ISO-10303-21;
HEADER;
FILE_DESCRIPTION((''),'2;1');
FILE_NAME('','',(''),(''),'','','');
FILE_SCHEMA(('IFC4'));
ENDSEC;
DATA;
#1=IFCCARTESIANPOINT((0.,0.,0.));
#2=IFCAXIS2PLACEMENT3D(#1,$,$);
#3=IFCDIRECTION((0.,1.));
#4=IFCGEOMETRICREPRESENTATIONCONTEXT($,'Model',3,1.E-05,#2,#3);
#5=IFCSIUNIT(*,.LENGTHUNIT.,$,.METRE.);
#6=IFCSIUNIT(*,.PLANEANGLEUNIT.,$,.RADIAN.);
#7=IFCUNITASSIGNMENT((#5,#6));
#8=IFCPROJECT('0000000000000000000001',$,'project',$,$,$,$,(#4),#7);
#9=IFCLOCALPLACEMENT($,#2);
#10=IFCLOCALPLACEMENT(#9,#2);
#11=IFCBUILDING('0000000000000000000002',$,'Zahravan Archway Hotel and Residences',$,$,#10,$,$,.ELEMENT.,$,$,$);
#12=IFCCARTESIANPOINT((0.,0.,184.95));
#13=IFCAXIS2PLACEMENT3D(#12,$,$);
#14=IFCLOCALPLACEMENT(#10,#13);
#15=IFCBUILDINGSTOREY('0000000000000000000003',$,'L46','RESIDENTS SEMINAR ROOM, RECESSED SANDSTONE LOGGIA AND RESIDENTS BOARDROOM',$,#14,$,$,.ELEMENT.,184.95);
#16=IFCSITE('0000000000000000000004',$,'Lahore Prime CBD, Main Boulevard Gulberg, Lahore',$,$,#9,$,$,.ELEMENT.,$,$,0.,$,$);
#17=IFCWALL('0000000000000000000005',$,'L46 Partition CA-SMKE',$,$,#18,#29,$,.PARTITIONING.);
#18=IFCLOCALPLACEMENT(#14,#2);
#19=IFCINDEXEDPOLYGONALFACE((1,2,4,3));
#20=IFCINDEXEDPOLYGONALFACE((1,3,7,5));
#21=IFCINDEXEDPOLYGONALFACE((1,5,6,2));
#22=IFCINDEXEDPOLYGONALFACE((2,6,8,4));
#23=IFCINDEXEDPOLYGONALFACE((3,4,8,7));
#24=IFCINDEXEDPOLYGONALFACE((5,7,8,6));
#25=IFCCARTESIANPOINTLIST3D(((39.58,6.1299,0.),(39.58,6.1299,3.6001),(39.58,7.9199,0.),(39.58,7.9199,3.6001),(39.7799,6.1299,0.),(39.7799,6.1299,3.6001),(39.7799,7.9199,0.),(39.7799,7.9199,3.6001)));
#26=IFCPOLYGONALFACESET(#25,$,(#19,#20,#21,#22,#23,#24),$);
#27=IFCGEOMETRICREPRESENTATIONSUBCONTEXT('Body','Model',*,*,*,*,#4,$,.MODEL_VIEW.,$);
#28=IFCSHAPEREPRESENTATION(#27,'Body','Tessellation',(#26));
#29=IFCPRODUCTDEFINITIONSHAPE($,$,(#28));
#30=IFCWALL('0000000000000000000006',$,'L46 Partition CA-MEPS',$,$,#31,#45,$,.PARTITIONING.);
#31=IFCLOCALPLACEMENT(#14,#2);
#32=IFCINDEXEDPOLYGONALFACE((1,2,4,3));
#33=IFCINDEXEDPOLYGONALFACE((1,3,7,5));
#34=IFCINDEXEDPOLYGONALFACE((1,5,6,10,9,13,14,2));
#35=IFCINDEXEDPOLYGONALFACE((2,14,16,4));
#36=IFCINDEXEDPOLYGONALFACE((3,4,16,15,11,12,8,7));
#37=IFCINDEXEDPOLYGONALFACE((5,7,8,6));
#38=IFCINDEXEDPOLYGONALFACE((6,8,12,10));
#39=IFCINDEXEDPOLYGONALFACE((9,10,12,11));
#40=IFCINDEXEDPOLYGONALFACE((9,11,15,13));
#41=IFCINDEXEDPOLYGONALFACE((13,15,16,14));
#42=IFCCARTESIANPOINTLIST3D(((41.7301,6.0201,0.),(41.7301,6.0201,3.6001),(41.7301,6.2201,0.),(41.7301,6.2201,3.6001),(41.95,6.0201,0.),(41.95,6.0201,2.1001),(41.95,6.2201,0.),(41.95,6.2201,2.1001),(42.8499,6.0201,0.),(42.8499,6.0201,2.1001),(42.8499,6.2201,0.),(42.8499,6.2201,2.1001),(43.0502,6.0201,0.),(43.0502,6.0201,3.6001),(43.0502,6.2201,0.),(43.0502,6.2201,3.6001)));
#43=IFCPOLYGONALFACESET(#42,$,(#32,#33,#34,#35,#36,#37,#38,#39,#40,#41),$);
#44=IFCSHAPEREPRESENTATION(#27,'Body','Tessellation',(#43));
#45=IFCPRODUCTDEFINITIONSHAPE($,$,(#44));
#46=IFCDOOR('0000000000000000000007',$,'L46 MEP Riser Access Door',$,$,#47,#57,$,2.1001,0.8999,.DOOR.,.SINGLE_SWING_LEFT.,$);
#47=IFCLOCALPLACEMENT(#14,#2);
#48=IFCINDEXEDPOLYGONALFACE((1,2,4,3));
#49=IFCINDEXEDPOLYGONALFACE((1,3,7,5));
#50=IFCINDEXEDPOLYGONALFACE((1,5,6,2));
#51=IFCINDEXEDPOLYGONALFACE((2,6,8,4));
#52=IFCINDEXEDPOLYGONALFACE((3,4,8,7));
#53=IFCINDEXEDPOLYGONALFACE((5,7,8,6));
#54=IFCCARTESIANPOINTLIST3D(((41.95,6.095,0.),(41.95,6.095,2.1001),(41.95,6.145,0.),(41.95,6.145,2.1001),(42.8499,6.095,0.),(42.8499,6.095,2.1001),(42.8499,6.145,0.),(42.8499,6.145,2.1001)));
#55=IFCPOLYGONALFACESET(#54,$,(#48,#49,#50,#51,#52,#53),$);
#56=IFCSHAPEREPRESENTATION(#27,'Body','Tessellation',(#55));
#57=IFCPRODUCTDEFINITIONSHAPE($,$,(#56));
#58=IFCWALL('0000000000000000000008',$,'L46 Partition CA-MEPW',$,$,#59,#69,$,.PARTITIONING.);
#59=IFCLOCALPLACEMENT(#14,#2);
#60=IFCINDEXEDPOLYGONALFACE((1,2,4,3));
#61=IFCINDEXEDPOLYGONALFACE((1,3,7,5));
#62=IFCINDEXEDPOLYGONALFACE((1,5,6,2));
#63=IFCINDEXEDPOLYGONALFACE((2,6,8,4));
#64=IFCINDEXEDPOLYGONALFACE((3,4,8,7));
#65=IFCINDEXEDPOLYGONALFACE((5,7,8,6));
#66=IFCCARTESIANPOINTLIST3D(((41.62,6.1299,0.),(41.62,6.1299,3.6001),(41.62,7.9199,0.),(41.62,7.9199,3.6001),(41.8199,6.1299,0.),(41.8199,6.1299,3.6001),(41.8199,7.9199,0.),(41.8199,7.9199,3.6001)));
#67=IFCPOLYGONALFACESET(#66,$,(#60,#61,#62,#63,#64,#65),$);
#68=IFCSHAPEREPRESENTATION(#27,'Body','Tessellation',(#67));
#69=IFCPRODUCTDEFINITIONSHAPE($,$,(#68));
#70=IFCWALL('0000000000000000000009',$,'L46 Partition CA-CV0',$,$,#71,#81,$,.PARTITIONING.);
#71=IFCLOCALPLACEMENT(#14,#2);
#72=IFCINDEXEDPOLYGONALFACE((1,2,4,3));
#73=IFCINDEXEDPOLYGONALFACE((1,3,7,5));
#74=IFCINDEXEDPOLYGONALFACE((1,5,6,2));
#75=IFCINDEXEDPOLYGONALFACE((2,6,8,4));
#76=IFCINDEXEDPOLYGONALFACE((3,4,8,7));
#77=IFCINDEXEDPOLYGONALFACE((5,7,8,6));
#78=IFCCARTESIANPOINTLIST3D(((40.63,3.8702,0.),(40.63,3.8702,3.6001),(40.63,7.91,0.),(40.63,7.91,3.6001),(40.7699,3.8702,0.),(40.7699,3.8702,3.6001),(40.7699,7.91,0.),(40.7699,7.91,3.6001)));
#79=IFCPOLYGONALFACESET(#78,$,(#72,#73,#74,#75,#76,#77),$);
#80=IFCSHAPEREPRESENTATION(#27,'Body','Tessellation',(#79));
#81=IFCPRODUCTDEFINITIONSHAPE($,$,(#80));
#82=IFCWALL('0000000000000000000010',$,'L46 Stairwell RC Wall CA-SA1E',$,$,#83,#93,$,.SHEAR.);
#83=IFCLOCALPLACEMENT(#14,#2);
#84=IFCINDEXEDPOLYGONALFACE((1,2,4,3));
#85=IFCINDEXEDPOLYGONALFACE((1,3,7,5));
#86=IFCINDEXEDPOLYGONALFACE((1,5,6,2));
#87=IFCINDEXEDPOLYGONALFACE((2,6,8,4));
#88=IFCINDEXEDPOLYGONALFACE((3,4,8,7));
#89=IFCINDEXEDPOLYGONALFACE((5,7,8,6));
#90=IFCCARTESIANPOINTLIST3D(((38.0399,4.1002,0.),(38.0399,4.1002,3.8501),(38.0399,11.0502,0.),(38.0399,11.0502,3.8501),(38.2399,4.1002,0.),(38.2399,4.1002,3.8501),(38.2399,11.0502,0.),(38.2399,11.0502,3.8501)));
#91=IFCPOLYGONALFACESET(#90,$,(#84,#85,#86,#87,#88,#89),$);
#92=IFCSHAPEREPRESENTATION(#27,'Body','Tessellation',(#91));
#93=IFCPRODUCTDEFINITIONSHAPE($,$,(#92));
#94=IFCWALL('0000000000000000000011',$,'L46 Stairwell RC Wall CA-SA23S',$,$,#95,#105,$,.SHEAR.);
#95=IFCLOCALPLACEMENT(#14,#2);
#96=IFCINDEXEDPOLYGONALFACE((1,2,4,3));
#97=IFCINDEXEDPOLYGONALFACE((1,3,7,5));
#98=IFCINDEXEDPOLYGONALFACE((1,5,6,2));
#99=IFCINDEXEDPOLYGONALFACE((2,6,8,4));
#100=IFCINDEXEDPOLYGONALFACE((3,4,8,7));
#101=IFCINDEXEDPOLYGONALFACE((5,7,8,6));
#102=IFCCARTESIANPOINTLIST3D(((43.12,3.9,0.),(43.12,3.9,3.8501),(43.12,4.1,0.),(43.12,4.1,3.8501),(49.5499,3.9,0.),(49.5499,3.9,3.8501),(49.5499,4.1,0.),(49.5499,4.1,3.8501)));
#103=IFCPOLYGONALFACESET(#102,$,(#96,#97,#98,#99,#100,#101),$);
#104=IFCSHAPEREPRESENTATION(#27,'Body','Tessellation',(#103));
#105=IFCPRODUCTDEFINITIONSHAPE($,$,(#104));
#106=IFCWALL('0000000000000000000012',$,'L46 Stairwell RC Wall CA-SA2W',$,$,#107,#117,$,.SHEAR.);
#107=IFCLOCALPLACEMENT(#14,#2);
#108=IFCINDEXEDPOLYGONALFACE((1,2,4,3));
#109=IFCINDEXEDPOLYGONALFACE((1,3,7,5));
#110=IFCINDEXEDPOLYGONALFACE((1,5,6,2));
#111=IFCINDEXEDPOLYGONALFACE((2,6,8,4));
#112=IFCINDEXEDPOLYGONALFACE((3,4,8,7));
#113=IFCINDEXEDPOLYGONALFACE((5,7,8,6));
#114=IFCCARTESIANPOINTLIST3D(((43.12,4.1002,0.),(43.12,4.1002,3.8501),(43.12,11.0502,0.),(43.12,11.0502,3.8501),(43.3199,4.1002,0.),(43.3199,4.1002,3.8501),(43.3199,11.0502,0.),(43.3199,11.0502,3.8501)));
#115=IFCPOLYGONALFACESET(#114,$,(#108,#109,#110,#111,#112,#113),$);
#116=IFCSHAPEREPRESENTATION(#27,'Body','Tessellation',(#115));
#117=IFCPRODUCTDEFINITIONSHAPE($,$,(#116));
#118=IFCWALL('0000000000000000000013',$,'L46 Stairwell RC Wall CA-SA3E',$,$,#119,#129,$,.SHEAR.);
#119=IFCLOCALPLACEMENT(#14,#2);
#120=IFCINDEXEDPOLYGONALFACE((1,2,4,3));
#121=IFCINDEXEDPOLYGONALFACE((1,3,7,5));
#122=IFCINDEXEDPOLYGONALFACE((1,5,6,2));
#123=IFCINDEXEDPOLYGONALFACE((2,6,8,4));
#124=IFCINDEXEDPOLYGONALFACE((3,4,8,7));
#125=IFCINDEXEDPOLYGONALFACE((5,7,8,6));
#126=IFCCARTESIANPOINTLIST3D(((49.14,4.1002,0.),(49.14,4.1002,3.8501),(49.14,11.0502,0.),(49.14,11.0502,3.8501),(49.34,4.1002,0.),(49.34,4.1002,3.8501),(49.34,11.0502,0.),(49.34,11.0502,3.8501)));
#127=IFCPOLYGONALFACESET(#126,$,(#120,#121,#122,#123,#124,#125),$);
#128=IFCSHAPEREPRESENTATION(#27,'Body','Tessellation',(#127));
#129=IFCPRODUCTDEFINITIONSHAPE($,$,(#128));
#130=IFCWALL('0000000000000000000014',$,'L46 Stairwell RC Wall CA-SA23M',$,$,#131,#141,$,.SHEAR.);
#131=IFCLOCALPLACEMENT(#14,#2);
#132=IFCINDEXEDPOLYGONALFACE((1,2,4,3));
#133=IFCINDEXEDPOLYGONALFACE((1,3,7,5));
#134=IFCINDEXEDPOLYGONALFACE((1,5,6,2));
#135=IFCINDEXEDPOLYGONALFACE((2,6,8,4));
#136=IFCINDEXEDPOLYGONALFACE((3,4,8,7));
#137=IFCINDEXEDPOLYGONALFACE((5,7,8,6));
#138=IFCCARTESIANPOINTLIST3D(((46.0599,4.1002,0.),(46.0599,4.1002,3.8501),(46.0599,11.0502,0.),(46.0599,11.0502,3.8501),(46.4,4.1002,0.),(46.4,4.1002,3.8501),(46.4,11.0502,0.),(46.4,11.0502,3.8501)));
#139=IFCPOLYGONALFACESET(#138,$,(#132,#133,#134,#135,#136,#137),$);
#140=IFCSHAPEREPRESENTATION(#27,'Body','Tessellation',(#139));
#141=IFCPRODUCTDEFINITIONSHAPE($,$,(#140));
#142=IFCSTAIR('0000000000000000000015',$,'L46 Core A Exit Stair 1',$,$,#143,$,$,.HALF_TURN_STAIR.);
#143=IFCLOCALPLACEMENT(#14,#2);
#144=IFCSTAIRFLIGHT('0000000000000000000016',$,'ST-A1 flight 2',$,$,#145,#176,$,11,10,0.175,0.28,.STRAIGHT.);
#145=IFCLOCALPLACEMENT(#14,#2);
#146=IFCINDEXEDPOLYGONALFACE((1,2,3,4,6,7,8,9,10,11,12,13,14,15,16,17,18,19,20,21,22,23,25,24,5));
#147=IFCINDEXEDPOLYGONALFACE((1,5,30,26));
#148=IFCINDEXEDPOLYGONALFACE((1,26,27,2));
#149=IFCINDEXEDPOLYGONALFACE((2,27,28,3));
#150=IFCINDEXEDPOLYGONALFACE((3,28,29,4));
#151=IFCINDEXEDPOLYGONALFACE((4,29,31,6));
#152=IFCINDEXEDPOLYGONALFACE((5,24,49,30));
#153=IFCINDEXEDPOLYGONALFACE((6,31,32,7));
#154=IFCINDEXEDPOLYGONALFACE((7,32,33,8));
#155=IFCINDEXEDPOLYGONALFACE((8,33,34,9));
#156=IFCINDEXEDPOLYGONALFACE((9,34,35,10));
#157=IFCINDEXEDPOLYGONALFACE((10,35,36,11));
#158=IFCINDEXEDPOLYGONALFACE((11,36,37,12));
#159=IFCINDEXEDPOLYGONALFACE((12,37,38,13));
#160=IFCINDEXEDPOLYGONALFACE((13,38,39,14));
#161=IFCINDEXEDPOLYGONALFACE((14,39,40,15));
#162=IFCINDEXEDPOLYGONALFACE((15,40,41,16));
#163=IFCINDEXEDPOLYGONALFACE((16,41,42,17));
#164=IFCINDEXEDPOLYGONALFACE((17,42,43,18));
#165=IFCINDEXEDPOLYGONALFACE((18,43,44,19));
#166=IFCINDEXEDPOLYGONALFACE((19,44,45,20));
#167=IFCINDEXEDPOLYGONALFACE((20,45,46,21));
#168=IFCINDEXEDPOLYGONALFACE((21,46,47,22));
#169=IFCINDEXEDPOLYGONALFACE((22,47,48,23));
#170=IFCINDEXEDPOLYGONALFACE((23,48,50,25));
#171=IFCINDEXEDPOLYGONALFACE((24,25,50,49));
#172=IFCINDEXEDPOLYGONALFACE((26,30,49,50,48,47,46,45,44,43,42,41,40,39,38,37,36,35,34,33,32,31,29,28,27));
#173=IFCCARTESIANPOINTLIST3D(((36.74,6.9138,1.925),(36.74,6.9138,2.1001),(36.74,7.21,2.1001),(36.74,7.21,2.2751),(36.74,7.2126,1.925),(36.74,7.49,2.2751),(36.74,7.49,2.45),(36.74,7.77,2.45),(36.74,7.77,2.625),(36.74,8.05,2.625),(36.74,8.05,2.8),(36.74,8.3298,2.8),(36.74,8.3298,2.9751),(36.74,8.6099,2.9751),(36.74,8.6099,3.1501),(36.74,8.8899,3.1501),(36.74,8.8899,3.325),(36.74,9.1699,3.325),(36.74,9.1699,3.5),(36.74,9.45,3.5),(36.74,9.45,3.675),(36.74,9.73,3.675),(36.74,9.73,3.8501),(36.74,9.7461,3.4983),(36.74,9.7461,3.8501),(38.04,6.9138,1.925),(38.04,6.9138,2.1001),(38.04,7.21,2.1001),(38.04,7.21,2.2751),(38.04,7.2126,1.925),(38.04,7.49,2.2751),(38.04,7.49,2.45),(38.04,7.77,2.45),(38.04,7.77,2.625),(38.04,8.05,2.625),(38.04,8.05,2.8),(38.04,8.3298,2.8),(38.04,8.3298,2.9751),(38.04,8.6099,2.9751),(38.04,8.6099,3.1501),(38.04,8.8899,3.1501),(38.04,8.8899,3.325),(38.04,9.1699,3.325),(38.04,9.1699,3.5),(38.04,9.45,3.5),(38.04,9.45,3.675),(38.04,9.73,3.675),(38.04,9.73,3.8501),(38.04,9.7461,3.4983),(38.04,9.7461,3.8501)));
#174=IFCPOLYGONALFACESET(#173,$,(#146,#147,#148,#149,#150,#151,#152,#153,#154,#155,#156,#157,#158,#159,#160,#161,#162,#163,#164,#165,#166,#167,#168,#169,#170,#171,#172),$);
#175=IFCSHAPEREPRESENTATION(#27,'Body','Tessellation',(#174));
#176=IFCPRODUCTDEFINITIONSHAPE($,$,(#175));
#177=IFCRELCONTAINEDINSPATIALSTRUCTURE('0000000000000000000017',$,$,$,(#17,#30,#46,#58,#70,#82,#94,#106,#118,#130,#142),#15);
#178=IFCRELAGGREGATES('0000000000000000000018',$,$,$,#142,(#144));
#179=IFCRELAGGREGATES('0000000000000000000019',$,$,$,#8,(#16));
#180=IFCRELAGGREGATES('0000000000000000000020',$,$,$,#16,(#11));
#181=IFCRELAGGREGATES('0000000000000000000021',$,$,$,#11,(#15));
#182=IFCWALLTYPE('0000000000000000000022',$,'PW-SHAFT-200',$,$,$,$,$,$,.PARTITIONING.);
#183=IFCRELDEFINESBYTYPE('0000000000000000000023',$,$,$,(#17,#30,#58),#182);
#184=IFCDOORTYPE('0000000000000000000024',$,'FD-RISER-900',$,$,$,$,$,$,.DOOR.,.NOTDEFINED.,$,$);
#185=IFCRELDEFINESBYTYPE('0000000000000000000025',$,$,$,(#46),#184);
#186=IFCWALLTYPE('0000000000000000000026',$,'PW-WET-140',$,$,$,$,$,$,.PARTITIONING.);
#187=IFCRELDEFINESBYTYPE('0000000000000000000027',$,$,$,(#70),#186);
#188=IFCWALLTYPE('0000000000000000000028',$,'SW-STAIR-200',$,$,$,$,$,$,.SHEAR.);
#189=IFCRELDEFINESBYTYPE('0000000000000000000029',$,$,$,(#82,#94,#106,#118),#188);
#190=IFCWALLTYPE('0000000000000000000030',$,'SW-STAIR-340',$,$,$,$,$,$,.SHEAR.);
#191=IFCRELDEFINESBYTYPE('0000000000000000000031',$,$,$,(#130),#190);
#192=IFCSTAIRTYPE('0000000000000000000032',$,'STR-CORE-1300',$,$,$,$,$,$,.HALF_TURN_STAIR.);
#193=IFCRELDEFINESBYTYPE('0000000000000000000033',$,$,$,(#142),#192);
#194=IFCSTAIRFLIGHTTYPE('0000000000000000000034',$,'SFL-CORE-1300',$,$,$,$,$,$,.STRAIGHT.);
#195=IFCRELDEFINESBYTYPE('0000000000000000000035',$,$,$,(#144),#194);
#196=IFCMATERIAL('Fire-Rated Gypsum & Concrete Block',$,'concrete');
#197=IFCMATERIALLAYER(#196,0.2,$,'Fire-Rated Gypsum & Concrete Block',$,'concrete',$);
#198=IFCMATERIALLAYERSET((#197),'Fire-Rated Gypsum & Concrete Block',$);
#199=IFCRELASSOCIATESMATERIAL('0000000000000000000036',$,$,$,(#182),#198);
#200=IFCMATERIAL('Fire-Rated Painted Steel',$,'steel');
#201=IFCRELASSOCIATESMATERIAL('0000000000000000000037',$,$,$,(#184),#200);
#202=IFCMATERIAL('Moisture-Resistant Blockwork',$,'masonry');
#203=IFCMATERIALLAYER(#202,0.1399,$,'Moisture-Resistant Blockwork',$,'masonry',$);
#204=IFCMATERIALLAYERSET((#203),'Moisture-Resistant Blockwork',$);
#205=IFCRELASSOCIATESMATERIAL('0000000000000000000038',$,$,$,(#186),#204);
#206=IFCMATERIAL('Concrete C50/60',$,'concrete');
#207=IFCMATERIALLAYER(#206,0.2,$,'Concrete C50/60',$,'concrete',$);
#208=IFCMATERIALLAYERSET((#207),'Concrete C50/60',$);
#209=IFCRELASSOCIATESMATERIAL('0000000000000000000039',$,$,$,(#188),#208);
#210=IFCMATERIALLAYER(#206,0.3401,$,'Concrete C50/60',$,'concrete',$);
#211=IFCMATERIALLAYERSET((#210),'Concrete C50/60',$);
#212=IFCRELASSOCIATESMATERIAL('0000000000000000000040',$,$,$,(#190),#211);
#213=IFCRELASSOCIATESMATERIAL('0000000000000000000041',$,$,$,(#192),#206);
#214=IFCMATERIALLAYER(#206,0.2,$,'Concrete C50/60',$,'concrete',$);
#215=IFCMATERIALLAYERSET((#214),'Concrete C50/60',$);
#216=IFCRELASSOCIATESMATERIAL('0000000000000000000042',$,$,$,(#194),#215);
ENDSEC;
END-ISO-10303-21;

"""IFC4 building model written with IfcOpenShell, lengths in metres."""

from ifc_helpers import new_model, si_unit, direction, frame, frame_2d, origin, place, context, subcontext, project, spatial, polyline, rectangle, outline, extrude, source, transform, mapped, material, layer, layer_set, type_object, type_shapes, element, fill, aggregate, save


model = new_model("IFC4")

# Units and contexts
model_context = context("Model", 3, precision=1e-05, world=origin(), true_north=direction((0.0, 1.0)))
body_context = subcontext(model_context, "Body", "Model", "MODEL_VIEW")
ifc_project = project(units=[si_unit("LENGTHUNIT", "METRE"), si_unit("PLANEANGLEUNIT", "RADIAN")], contexts=[model_context])

# Site, building, storey
site_placement = place(None, origin())
site = spatial("IfcSite", under=ifc_project, at=site_placement, Name="Lahore Prime CBD, Main Boulevard Gulberg, Lahore", CompositionType="ELEMENT", RefElevation=0.0)
building_placement = place(site_placement, origin())
building = spatial("IfcBuilding", under=site, at=building_placement, Name="Zahravan Archway Hotel and Residences", CompositionType="ELEMENT")
storey_placement = place(building_placement, frame((0.0, 0.0, 184.95)))
storey = spatial("IfcBuildingStorey", under=building, at=storey_placement, Name="L46", Description="RESIDENTS SEMINAR ROOM, RECESSED SANDSTONE LOGGIA AND RESIDENTS BOARDROOM", CompositionType="ELEMENT", Elevation=184.95)

# Shared definitions
ifc_material_1 = material(Name="Fire-Rated Gypsum & Concrete Block", Category="concrete")
ifc_layer_1 = layer(ifc_material_1, 0.2, Name="Fire-Rated Gypsum & Concrete Block", Category="concrete")
ifc_layer_set_1 = layer_set([ifc_layer_1], Name="Fire-Rated Gypsum & Concrete Block")
wall_type_1 = type_object("IfcWallType", Name="PW-SHAFT-200", PredefinedType="PARTITIONING", material=ifc_layer_set_1)
ifc_material_2 = material(Name="Fire-Rated Painted Steel", Category="steel")
door_type = type_object("IfcDoorType", Name="FD-RISER-900", OperationType="NOTDEFINED", PredefinedType="DOOR", material=ifc_material_2)
shared_shape_1 = source(origin(), body_context, "Body", "SweptSolid", [
    extrude(rectangle(XDim=0.8999, YDim=2.1001, at=frame_2d((0.45, 1.05))), frame((0.0, 0.0249, 0.0), z_axis=(0.0, -1.0, 0.0), x_axis=(1.0, 0.0, 0.0)), (0.0, 0.0, 1.0), 0.05),
])
type_shapes(door_type, [shared_shape_1])

# Wall
wall_1_placement = place(storey_placement, frame((39.6799, 6.1299, 0.0), z_axis=(0.0, 0.0, 1.0), x_axis=(0.0, 1.0, 0.0)))
element("IfcWall", 1, at=wall_1_placement, inside=storey, type_object=wall_type_1, Name="L46 Partition CA-SMKE", PredefinedType="PARTITIONING", context=body_context, shape_type="SweptSolid", body=[
    extrude(rectangle(XDim=1.79, YDim=0.2, at=frame_2d((0.895, 0.0))), origin(), (0.0, 0.0, 1.0), 3.6001),
])

# Wall, opening, door
wall_2_placement = place(storey_placement, frame((41.73, 6.1201, 0.0), z_axis=(0.0, 0.0, 1.0), x_axis=(1.0, 0.0, 0.0)))
wall_2 = element("IfcWall", 2, at=wall_2_placement, inside=storey, type_object=wall_type_1, Name="L46 Partition CA-MEPS", PredefinedType="PARTITIONING", context=body_context, shape_type="SweptSolid", body=[
    extrude(rectangle(XDim=1.3201, YDim=0.2, at=frame_2d((0.6602, 0.0))), origin(), (0.0, 0.0, 1.0), 3.6001),
])
opening_1_placement = place(wall_2_placement, frame((0.22, 0.0, 0.0)))
opening_1 = element("IfcOpeningElement", 3, at=opening_1_placement, cuts=wall_2, PredefinedType="OPENING", context=body_context, shape_type="SweptSolid", body=[
    extrude(rectangle(XDim=0.8999, YDim=2.1001, at=frame_2d((0.45, 1.05))), frame((0.0, 0.1099, 0.0), z_axis=(0.0, -1.0, 0.0), x_axis=(1.0, 0.0, 0.0)), (0.0, 0.0, 1.0), 0.22),
])
door_1_placement = place(opening_1_placement, origin())
door_1 = element("IfcDoor", 4, at=door_1_placement, inside=storey, type_object=door_type, Name="L46 MEP Riser Access Door", OperationType="SINGLE_SWING_LEFT", OverallHeight=2.1001, OverallWidth=0.8999, PredefinedType="DOOR", context=body_context, shape_type="MappedRepresentation", body=[
    mapped(shared_shape_1, transform((0.0, 0.0, 0.0), scale=1.0)),
])
fill(opening_1, door_1)

# Walls
wall_3_placement = place(storey_placement, frame((41.72, 6.1299, 0.0), z_axis=(0.0, 0.0, 1.0), x_axis=(0.0, 1.0, 0.0)))
element("IfcWall", 5, at=wall_3_placement, inside=storey, type_object=wall_type_1, Name="L46 Partition CA-MEPW", PredefinedType="PARTITIONING", context=body_context, shape_type="SweptSolid", body=[
    extrude(rectangle(XDim=1.79, YDim=0.2, at=frame_2d((0.895, 0.0))), origin(), (0.0, 0.0, 1.0), 3.6001),
])
ifc_material_3 = material(Name="Moisture-Resistant Blockwork", Category="masonry")
ifc_layer_2 = layer(ifc_material_3, 0.1399, Name="Moisture-Resistant Blockwork", Category="masonry")
ifc_layer_set_2 = layer_set([ifc_layer_2], Name="Moisture-Resistant Blockwork")
wall_type_2 = type_object("IfcWallType", Name="PW-WET-140", PredefinedType="PARTITIONING", material=ifc_layer_set_2)
wall_4_placement = place(storey_placement, frame((40.7, 3.8701, 0.0), z_axis=(0.0, 0.0, 1.0), x_axis=(0.0, 1.0, 0.0)))
element("IfcWall", 6, at=wall_4_placement, inside=storey, type_object=wall_type_2, Name="L46 Partition CA-CV0", PredefinedType="PARTITIONING", context=body_context, shape_type="SweptSolid", body=[
    extrude(rectangle(XDim=4.0398, YDim=0.1399, at=frame_2d((2.02, 0.0))), origin(), (0.0, 0.0, 1.0), 3.6001),
])
ifc_material_4 = material(Name="Concrete C50/60", Category="concrete")
ifc_layer_3 = layer(ifc_material_4, 0.2, Name="Concrete C50/60", Category="concrete")
ifc_layer_set_3 = layer_set([ifc_layer_3], Name="Concrete C50/60")
wall_type_3 = type_object("IfcWallType", Name="SW-STAIR-200", PredefinedType="SHEAR", material=ifc_layer_set_3)
wall_5_placement = place(storey_placement, frame((38.1399, 4.1001, 0.0), z_axis=(0.0, 0.0, 1.0), x_axis=(0.0, 1.0, 0.0)))
element("IfcWall", 7, at=wall_5_placement, inside=storey, type_object=wall_type_3, Name="L46 Stairwell RC Wall CA-SA1E", PredefinedType="SHEAR", context=body_context, shape_type="SweptSolid", body=[
    extrude(rectangle(XDim=6.95, YDim=0.2, at=frame_2d((3.4751, 0.0))), origin(), (0.0, 0.0, 1.0), 3.8501),
])
wall_6_placement = place(storey_placement, frame((43.1201, 4.0, 0.0), z_axis=(0.0, 0.0, 1.0), x_axis=(1.0, 0.0, 0.0)))
element("IfcWall", 8, at=wall_6_placement, inside=storey, type_object=wall_type_3, Name="L46 Stairwell RC Wall CA-SA23S", PredefinedType="SHEAR", context=body_context, shape_type="SweptSolid", body=[
    extrude(rectangle(XDim=6.4299, YDim=0.2, at=frame_2d((3.2148, 0.0))), origin(), (0.0, 0.0, 1.0), 3.8501),
])
for number, where, z_axis, x_axis, name in (
    (9, (43.22, 4.1001, 0.0), (0.0, 0.0, 1.0), (0.0, 1.0, 0.0), "L46 Stairwell RC Wall CA-SA2W"),
    (10, (49.24, 4.1001, 0.0), (0.0, 0.0, 1.0), (0.0, 1.0, 0.0), "L46 Stairwell RC Wall CA-SA3E"),
):
    element("IfcWall", number, at=place(storey_placement, frame(where, z_axis=z_axis, x_axis=x_axis)), inside=storey, type_object=wall_type_3, Name=name, PredefinedType="SHEAR", context=body_context, shape_type="SweptSolid", body=[
        extrude(rectangle(XDim=6.95, YDim=0.2, at=frame_2d((3.4751, 0.0))), origin(), (0.0, 0.0, 1.0), 3.8501),
    ])
ifc_layer_4 = layer(ifc_material_4, 0.3401, Name="Concrete C50/60", Category="concrete")
ifc_layer_set_4 = layer_set([ifc_layer_4], Name="Concrete C50/60")
wall_type_4 = type_object("IfcWallType", Name="SW-STAIR-340", PredefinedType="SHEAR", material=ifc_layer_set_4)
wall_7_placement = place(storey_placement, frame((46.23, 4.1001, 0.0), z_axis=(0.0, 0.0, 1.0), x_axis=(0.0, 1.0, 0.0)))
element("IfcWall", 11, at=wall_7_placement, inside=storey, type_object=wall_type_4, Name="L46 Stairwell RC Wall CA-SA23M", PredefinedType="SHEAR", context=body_context, shape_type="SweptSolid", body=[
    extrude(rectangle(XDim=6.95, YDim=0.3401, at=frame_2d((3.4751, 0.0))), origin(), (0.0, 0.0, 1.0), 3.8501),
])

# Stair, stair flight
stair_type = type_object("IfcStairType", Name="STR-CORE-1300", PredefinedType="HALF_TURN_STAIR", material=ifc_material_4)
stair_1_placement = place(storey_placement, origin())
stair_1 = element("IfcStair", 12, at=stair_1_placement, inside=storey, type_object=stair_type, Name="L46 Core A Exit Stair 1", PredefinedType="HALF_TURN_STAIR")
ifc_layer_5 = layer(ifc_material_4, 0.2, Name="Concrete C50/60", Category="concrete")
ifc_layer_set_5 = layer_set([ifc_layer_5], Name="Concrete C50/60")
stair_flight_type = type_object("IfcStairFlightType", Name="SFL-CORE-1300", PredefinedType="STRAIGHT", material=ifc_layer_set_5)
shared_shape_2 = source(origin(), body_context, "Body", "SweptSolid", [
    extrude(outline(polyline([(-0.0161, 0.0), (-0.0161, 0.175), (0.28, 0.175), (0.28, 0.3501), (0.5601, 0.3501), (0.5601, 0.5249), (0.8401, 0.5249), (0.8401, 0.7), (1.1201, 0.7), (1.1201, 0.875), (1.3999, 0.875), (1.3999, 1.05), (1.6799, 1.05), (1.6799, 1.2251), (1.96, 1.2251), (1.96, 1.3999), (2.24, 1.3999), (2.24, 1.575), (2.52, 1.575), (2.52, 1.75), (2.8, 1.75), (2.8, 1.925), (2.8162, 1.925), (2.8162, 1.5732), (0.2827, 0.0), (-0.0161, 0.0)])), frame((0.0, 0.6499, 0.0), z_axis=(0.0, -1.0, 0.0), x_axis=(1.0, 0.0, 0.0)), (0.0, 0.0, 1.0), 1.3),
])
stair_flight_1_placement = place(storey_placement, frame((37.3899, 6.9299, 1.925), z_axis=(0.0, 0.0, 1.0), x_axis=(0.0, 1.0, 0.0)))
stair_flight_1 = element("IfcStairFlight", 13, at=stair_flight_1_placement, type_object=stair_flight_type, Name="ST-A1 flight 2", NumberOfRisers=11, NumberOfTreads=10, PredefinedType="STRAIGHT", RiserHeight=0.175, TreadLength=0.28, context=body_context, shape_type="MappedRepresentation", body=[
    mapped(shared_shape_2, transform((0.0, 0.0, 0.0), scale=1.0)),
])
aggregate(stair_1, [stair_flight_1])

save(model, "model.ifc")
